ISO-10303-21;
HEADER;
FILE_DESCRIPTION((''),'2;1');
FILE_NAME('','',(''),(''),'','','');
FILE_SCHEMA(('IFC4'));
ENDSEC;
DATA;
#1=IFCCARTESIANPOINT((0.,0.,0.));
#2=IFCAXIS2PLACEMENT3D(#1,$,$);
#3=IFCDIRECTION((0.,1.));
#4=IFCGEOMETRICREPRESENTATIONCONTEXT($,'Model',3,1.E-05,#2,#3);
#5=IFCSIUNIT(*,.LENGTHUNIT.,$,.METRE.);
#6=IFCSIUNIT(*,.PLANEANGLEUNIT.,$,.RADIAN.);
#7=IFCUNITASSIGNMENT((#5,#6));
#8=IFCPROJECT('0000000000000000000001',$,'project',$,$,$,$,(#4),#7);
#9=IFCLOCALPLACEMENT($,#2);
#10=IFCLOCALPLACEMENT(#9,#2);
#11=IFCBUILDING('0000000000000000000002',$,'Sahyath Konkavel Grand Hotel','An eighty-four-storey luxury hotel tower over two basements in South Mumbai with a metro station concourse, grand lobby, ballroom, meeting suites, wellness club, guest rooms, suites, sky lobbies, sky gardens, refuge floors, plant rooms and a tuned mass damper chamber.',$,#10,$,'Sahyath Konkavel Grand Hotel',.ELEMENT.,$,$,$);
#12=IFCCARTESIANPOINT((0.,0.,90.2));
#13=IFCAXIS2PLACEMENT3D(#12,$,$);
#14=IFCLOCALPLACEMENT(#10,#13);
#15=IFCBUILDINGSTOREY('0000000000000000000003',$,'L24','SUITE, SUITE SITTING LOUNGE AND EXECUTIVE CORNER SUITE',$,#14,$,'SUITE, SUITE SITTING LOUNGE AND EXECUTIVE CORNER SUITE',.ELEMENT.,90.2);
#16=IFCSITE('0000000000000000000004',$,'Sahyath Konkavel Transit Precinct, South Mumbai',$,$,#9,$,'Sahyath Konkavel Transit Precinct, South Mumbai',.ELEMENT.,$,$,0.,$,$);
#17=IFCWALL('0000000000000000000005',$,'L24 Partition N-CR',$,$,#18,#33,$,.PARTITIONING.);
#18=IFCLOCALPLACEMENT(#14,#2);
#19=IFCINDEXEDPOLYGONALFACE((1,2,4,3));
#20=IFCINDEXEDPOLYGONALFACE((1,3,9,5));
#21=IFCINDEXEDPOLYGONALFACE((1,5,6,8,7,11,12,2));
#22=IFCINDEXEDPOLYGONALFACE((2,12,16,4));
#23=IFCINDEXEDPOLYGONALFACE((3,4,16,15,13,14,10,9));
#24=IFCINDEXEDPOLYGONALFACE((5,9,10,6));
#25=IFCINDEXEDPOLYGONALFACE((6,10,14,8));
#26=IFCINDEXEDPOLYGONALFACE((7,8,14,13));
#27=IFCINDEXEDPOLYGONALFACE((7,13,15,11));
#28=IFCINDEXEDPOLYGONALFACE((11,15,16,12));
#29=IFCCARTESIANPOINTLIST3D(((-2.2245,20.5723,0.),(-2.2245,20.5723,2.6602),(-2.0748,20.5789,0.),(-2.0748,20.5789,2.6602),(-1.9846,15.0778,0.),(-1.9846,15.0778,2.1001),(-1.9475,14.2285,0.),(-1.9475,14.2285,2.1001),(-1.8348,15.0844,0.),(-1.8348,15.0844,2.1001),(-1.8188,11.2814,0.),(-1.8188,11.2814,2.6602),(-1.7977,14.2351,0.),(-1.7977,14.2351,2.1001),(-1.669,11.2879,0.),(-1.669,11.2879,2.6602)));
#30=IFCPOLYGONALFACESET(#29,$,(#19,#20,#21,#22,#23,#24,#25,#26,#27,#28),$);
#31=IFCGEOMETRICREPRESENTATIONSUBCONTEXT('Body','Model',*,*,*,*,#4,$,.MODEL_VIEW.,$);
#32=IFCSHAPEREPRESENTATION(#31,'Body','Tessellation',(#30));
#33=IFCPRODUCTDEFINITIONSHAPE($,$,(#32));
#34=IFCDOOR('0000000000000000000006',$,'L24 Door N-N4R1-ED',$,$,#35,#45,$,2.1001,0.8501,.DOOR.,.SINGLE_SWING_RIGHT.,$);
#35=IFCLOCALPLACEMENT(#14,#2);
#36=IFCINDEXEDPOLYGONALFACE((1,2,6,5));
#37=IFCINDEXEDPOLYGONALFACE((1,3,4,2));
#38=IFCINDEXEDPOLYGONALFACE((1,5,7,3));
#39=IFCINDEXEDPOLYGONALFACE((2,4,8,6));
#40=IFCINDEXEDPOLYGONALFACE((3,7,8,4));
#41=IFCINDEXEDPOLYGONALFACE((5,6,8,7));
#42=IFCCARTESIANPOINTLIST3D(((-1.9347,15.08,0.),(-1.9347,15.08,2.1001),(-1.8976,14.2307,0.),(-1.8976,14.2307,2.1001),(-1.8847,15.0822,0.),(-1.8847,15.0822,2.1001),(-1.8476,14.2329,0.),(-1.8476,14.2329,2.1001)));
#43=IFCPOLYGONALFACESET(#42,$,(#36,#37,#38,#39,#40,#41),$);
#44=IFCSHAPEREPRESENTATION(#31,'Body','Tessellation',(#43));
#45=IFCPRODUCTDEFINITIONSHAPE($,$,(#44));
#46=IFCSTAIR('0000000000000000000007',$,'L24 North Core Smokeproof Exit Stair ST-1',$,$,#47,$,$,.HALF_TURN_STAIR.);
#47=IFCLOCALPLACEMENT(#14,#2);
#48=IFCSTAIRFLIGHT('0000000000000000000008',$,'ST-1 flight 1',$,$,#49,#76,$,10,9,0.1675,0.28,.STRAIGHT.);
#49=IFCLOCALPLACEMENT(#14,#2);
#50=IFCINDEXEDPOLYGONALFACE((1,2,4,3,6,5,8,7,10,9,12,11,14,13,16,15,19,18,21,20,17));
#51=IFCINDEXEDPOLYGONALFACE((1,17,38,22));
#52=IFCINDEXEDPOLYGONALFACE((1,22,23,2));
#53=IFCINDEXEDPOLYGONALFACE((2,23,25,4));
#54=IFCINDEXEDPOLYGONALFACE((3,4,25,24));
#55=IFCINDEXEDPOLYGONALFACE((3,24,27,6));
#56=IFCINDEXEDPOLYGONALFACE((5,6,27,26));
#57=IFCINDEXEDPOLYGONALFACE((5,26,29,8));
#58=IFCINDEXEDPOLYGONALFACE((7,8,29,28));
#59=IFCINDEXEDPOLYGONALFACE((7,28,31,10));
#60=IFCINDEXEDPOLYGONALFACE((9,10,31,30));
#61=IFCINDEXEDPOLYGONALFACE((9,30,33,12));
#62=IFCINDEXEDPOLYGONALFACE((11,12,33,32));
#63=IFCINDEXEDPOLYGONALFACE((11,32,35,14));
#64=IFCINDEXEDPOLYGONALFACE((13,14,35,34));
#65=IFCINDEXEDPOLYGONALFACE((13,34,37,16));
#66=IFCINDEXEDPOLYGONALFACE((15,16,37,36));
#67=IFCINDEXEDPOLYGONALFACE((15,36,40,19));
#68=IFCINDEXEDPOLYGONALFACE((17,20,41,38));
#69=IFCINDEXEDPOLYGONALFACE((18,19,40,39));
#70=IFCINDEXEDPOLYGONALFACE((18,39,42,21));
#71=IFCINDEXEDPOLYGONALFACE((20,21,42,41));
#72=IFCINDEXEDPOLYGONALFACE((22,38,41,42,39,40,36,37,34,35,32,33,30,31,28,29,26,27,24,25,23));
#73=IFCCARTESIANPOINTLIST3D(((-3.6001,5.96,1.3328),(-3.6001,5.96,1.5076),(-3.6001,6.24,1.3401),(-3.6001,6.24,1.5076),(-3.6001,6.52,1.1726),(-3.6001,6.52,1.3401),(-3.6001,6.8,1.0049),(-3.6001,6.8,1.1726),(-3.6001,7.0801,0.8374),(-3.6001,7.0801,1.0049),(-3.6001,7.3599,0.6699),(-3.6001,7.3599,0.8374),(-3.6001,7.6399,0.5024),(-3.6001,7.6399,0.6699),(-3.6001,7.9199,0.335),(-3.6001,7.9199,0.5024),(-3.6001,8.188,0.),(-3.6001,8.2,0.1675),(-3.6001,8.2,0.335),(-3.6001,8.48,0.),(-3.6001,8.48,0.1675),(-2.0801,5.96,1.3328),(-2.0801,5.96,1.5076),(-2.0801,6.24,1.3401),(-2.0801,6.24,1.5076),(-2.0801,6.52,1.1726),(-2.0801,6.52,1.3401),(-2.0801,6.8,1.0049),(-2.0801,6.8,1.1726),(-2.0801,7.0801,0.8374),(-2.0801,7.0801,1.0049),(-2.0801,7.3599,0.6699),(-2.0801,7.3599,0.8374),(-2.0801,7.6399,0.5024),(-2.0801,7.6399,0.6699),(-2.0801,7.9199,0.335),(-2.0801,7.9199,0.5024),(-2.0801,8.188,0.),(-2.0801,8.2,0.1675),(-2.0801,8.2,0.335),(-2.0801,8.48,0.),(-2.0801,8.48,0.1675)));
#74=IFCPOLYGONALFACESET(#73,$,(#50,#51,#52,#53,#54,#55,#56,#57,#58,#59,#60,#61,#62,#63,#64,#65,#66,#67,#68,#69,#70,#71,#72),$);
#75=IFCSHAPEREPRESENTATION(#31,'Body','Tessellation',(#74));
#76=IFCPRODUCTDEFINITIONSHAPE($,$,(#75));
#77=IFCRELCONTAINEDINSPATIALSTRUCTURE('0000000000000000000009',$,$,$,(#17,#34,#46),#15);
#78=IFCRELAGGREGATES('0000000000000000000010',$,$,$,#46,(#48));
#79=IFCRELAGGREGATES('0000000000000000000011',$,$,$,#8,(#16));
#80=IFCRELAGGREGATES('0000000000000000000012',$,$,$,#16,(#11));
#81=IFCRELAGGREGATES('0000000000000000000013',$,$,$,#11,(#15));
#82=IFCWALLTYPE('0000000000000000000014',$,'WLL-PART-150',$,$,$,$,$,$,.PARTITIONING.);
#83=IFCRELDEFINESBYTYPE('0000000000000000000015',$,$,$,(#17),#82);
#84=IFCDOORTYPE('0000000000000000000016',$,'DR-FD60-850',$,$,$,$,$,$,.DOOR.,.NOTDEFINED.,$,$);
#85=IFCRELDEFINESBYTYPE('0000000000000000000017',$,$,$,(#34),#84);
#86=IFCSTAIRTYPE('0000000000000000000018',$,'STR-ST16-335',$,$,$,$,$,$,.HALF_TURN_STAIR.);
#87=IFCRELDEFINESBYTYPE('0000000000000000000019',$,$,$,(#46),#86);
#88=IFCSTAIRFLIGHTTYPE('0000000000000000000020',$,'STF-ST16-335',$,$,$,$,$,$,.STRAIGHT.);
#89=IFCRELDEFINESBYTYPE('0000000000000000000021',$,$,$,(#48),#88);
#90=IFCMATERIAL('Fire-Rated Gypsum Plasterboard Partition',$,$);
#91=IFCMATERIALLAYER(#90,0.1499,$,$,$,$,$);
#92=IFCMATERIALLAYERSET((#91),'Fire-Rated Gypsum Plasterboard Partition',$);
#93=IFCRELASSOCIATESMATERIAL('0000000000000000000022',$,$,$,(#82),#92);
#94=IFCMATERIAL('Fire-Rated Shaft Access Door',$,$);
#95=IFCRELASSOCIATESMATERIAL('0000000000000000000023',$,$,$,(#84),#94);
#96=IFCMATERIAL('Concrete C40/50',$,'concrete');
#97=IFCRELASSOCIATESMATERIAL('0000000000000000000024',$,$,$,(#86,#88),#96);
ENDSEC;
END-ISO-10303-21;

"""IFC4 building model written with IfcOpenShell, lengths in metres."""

from ifc_helpers import new_model, si_unit, direction, frame, frame_2d, origin, origin_2d, place, context, subcontext, project, spatial, polyline, rectangle, outline, extrude, source, transform, mapped, material, layer, layer_set, type_object, element, fill, aggregate, save


model = new_model("IFC4")

# Units and contexts
model_context = context("Model", 3, precision=1e-05, world=origin(), true_north=direction((0.0, 1.0)))
body_context = subcontext(model_context, "Body", "Model", "MODEL_VIEW")
ifc_project = project(units=[si_unit("LENGTHUNIT", "METRE"), si_unit("PLANEANGLEUNIT", "RADIAN")], contexts=[model_context])

# Site, building, storey
site_placement = place(None, origin())
site = spatial("IfcSite", under=ifc_project, at=site_placement, Name="Sahyath Konkavel Transit Precinct, South Mumbai", LongName="Sahyath Konkavel Transit Precinct, South Mumbai", CompositionType="ELEMENT", RefElevation=0.0)
building_placement = place(site_placement, origin())
building = spatial("IfcBuilding", under=site, at=building_placement, Name="Sahyath Konkavel Grand Hotel", Description="An eighty-four-storey luxury hotel tower over two basements in South Mumbai with a metro station concourse, grand lobby, ballroom, meeting suites, wellness club, guest rooms, suites, sky lobbies, sky gardens, refuge floors, plant rooms and a tuned mass damper chamber.", LongName="Sahyath Konkavel Grand Hotel", CompositionType="ELEMENT")
storey_placement = place(building_placement, frame((0.0, 0.0, 90.2)))
storey = spatial("IfcBuildingStorey", under=building, at=storey_placement, Name="L24", Description="SUITE, SUITE SITTING LOUNGE AND EXECUTIVE CORNER SUITE", LongName="SUITE, SUITE SITTING LOUNGE AND EXECUTIVE CORNER SUITE", CompositionType="ELEMENT", Elevation=90.2)

# Shared definitions
ifc_material_1 = material(Name="Fire-Rated Gypsum Plasterboard Partition")
ifc_layer_1 = layer(ifc_material_1, 0.1499)
ifc_layer_set_1 = layer_set([ifc_layer_1], Name="Fire-Rated Gypsum Plasterboard Partition")
wall_type_1 = type_object("IfcWallType", Name="WLL-PART-150", PredefinedType="PARTITIONING", material=ifc_layer_set_1)
ifc_material_2 = material(Name="Fire-Rated Shaft Access Door")
door_type_1 = type_object("IfcDoorType", Name="DR-FD60-850", OperationType="NOTDEFINED", PredefinedType="DOOR", material=ifc_material_2)
shared_shape_1 = source(origin(), body_context, "Body", "SweptSolid", [
    extrude(rectangle(XDim=0.8501, YDim=0.05, at=origin_2d()), origin(), (0.0, 0.0, 1.0), 2.1001),
])

# Wall, opening, door
wall_1_placement = place(storey_placement, frame((-1.7439, 11.2847, 0.0), z_axis=(0.0, 0.0, 1.0), x_axis=(-0.043631, 0.999048, 0.0)))
wall_1 = element("IfcWall", 1, at=wall_1_placement, inside=storey, type_object=wall_type_1, Name="L24 Partition N-CR", PredefinedType="PARTITIONING", context=body_context, shape_type="SweptSolid", body=[
    extrude(rectangle(XDim=9.2998, YDim=0.1499, at=frame_2d((4.6499, 0.0))), origin(), (0.0, 0.0, 1.0), 2.6602),
])
opening_1_placement = place(wall_1_placement, frame((2.95, 0.0, 0.0)))
opening_1 = element("IfcOpeningElement", 2, at=opening_1_placement, cuts=wall_1, PredefinedType="OPENING", context=body_context, shape_type="SweptSolid", body=[
    extrude(rectangle(XDim=0.8501, YDim=2.1001, at=frame_2d((0.425, 1.05))), frame((0.0, 0.085, 0.0), z_axis=(0.0, -1.0, 0.0), x_axis=(1.0, 0.0, 0.0)), (0.0, 0.0, 1.0), 0.1699),
])
door_1_placement = place(opening_1_placement, frame((0.425, 0.0, 0.0)))
door_1 = element("IfcDoor", 3, at=door_1_placement, inside=storey, type_object=door_type_1, Name="L24 Door N-N4R1-ED", OperationType="SINGLE_SWING_RIGHT", OverallHeight=2.1001, OverallWidth=0.8501, PredefinedType="DOOR", context=body_context, shape_type="MappedRepresentation", body=[
    mapped(shared_shape_1, transform((0.0, 0.0, 0.0), scale=1.0)),
])
fill(opening_1, door_1)

# Stair, stair flight
ifc_material_3 = material(Name="Concrete C40/50", Category="concrete")
stair_type = type_object("IfcStairType", Name="STR-ST16-335", PredefinedType="HALF_TURN_STAIR", material=ifc_material_3)
stair_placement = place(storey_placement, origin())
stair = element("IfcStair", 4, at=stair_placement, inside=storey, type_object=stair_type, Name="L24 North Core Smokeproof Exit Stair ST-1", PredefinedType="HALF_TURN_STAIR")
stair_flight_type = type_object("IfcStairFlightType", Name="STF-ST16-335", PredefinedType="STRAIGHT", material=ifc_material_3)
stair_flight_placement = place(storey_placement, frame((-2.8401, 8.48, 0.0), z_axis=(0.0, 0.0, 1.0), x_axis=(0.0, -1.0, 0.0)))
stair_flight = element("IfcStairFlight", 5, at=stair_flight_placement, type_object=stair_flight_type, Name="ST-1 flight 1", NumberOfRisers=10, NumberOfTreads=9, PredefinedType="STRAIGHT", RiserHeight=0.1675, TreadLength=0.28, context=body_context, shape_type="SweptSolid", body=[
    extrude(outline(polyline([(0.0, 0.0), (0.0, 0.1675), (0.28, 0.1675), (0.28, 0.335), (0.5601, 0.335), (0.5601, 0.5024), (0.8401, 0.5024), (0.8401, 0.6699), (1.1201, 0.6699), (1.1201, 0.8374), (1.3999, 0.8374), (1.3999, 1.0049), (1.6799, 1.0049), (1.6799, 1.1726), (1.96, 1.1726), (1.96, 1.3401), (2.24, 1.3401), (2.24, 1.5076), (2.52, 1.5076), (2.52, 1.675), (2.52, 1.3328), (0.292, 0.0), (0.0, 0.0)])), frame((0.0, 0.76, 0.0), z_axis=(0.0, -1.0, 0.0), x_axis=(1.0, 0.0, 0.0)), (0.0, 0.0, 1.0), 1.52),
])
aggregate(stair, [stair_flight])

save(model, "model.ifc")
